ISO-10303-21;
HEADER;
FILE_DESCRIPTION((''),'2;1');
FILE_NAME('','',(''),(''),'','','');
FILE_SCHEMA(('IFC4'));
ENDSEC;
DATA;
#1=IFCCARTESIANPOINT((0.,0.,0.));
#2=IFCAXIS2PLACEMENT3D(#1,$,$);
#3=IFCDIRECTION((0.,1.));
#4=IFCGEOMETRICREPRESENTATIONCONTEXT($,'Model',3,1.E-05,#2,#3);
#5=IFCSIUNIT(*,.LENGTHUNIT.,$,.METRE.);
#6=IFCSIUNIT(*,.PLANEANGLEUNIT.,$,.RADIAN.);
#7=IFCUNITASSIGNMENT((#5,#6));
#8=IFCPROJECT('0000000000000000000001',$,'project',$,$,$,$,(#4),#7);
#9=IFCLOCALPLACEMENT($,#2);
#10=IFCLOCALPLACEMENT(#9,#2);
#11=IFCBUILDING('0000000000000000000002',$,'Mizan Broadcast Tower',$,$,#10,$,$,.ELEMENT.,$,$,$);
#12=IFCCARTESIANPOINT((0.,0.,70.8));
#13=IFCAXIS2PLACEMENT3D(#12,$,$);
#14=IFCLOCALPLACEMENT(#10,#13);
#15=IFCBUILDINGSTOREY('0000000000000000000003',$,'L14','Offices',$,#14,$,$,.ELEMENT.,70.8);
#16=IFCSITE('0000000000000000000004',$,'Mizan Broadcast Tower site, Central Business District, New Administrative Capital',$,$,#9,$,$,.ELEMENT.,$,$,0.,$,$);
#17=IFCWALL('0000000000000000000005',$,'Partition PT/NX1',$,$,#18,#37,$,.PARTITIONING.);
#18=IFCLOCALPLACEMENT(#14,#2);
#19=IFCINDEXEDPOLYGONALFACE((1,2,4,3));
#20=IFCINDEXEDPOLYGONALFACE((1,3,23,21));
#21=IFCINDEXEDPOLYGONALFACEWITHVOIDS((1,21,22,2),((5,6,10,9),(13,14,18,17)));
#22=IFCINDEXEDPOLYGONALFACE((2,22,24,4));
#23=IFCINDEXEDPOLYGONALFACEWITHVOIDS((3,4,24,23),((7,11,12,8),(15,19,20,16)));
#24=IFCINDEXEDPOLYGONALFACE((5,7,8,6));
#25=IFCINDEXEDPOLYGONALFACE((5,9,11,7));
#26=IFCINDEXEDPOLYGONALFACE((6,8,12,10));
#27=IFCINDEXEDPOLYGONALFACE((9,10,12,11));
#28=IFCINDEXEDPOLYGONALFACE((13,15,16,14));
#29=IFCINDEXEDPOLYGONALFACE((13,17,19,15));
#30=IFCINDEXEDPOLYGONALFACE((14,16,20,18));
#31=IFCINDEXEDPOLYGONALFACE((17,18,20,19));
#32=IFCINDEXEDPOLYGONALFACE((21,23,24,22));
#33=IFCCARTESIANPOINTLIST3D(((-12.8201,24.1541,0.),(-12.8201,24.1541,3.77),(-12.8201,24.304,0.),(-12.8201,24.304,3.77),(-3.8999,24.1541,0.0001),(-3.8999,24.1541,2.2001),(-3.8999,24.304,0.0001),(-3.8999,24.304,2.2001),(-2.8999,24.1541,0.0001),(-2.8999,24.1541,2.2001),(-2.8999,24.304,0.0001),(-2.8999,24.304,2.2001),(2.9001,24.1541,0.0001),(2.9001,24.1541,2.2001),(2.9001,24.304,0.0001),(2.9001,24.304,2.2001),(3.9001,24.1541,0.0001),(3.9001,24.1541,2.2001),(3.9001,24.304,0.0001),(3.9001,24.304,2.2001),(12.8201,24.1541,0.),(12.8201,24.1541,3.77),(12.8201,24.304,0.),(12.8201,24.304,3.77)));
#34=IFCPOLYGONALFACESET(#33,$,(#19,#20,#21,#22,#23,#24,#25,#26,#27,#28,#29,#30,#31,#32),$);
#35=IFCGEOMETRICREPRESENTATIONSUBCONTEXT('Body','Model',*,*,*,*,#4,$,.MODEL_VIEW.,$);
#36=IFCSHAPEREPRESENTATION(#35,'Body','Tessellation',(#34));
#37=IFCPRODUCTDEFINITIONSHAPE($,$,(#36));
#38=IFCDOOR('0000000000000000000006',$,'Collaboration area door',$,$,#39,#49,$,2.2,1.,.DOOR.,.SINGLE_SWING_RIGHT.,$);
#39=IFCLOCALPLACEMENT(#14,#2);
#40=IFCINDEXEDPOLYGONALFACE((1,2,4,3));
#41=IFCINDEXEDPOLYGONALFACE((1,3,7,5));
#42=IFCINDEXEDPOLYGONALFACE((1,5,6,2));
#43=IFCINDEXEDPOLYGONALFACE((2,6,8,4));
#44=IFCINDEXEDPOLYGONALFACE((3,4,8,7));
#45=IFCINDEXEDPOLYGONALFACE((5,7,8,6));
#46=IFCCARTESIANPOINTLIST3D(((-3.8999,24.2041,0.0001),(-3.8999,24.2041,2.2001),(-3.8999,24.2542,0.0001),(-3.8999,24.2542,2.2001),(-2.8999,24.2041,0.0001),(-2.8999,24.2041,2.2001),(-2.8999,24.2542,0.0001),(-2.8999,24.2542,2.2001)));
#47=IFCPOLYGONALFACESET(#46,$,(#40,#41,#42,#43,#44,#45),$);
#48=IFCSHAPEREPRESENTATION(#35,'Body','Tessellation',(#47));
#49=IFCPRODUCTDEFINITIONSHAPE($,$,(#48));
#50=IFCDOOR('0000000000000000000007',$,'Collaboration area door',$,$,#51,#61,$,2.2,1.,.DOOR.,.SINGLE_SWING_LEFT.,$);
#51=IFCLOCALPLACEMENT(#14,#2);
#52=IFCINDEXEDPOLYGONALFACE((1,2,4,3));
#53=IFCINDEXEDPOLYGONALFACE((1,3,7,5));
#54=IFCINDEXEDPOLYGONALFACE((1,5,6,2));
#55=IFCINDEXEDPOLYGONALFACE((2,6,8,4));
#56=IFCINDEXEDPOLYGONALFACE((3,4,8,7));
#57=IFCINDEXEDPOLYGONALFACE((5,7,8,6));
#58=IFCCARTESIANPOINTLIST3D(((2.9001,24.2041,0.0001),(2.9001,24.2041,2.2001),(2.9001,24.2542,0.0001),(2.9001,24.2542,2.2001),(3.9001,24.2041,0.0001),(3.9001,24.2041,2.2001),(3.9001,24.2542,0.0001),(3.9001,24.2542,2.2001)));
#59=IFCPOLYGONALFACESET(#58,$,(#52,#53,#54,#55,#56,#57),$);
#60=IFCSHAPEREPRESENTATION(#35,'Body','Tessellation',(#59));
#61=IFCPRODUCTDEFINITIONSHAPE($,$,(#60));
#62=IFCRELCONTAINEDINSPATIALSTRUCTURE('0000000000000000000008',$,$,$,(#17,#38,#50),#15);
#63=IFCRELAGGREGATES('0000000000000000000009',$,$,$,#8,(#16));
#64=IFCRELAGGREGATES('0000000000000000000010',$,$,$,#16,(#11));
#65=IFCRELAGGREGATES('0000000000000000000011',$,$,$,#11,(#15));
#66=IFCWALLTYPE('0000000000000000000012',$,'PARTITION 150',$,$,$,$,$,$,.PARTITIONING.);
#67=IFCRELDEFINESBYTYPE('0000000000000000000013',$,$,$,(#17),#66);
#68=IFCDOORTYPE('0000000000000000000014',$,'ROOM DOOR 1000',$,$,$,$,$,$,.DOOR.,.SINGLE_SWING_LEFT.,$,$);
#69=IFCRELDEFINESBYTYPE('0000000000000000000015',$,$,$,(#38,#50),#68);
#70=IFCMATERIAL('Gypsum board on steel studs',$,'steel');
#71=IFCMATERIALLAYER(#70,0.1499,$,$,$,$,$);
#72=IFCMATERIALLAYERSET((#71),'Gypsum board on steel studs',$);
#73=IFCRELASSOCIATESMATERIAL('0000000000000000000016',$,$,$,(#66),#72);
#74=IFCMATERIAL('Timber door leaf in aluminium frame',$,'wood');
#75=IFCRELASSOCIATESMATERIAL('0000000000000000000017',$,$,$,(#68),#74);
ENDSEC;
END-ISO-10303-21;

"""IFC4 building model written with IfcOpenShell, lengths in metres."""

from ifc_helpers import new_model, si_unit, direction, frame, frame_2d, origin, place, context, subcontext, project, spatial, rectangle, extrude, material, layer, layer_set, type_object, element, fill, save


model = new_model("IFC4")

# Units and contexts
model_context = context("Model", 3, precision=1e-05, world=origin(), true_north=direction((0.0, 1.0)))
body_context = subcontext(model_context, "Body", "Model", "MODEL_VIEW")
ifc_project = project(units=[si_unit("LENGTHUNIT", "METRE"), si_unit("PLANEANGLEUNIT", "RADIAN")], contexts=[model_context])

# Site, building, storey
site_placement = place(None, origin())
site = spatial("IfcSite", under=ifc_project, at=site_placement, Name="Mizan Broadcast Tower site, Central Business District, New Administrative Capital", CompositionType="ELEMENT", RefElevation=0.0)
building_placement = place(site_placement, origin())
building = spatial("IfcBuilding", under=site, at=building_placement, Name="Mizan Broadcast Tower", CompositionType="ELEMENT")
storey_placement = place(building_placement, frame((0.0, 0.0, 70.8)))
storey = spatial("IfcBuildingStorey", under=building, at=storey_placement, Name="L14", Description="Offices", CompositionType="ELEMENT", Elevation=70.8)

# Wall, openings, doors
ifc_material_1 = material(Name="Gypsum board on steel studs", Category="steel")
ifc_layer_1 = layer(ifc_material_1, 0.1499)
ifc_layer_set_1 = layer_set([ifc_layer_1], Name="Gypsum board on steel studs")
wall_type = type_object("IfcWallType", Name="PARTITION 150", PredefinedType="PARTITIONING", material=ifc_layer_set_1)
wall_placement = place(storey_placement, frame((12.8201, 24.229, 0.0), z_axis=(0.0, 0.0, 1.0), x_axis=(-1.0, 0.0, 0.0)))
wall = element("IfcWall", 1, at=wall_placement, inside=storey, type_object=wall_type, Name="Partition PT/NX1", PredefinedType="PARTITIONING", context=body_context, shape_type="SweptSolid", body=[
    extrude(rectangle(XDim=25.6401, YDim=0.1499, at=frame_2d((12.8201, 0.0))), origin(), (0.0, 0.0, 1.0), 3.77),
])
opening_1_placement = place(wall_placement, frame((15.72, 0.0, 0.0)))
opening_1 = element("IfcOpeningElement", 2, at=opening_1_placement, cuts=wall, PredefinedType="OPENING", context=body_context, shape_type="SweptSolid", body=[
    extrude(rectangle(XDim=1.0, YDim=2.2, at=frame_2d((0.5, 1.1001))), frame((0.0, 0.085, 0.0), z_axis=(0.0, -1.0, 0.0), x_axis=(1.0, 0.0, 0.0)), (0.0, 0.0, 1.0), 0.1699),
])
opening_2_placement = place(wall_placement, frame((8.9199, 0.0, 0.0)))
opening_2 = element("IfcOpeningElement", 3, at=opening_2_placement, cuts=wall, PredefinedType="OPENING", context=body_context, shape_type="SweptSolid", body=[
    extrude(rectangle(XDim=1.0, YDim=2.2, at=frame_2d((0.5, 1.1001))), frame((0.0, 0.085, 0.0), z_axis=(0.0, -1.0, 0.0), x_axis=(1.0, 0.0, 0.0)), (0.0, 0.0, 1.0), 0.1699),
])
ifc_material_2 = material(Name="Timber door leaf in aluminium frame", Category="wood")
door_type = type_object("IfcDoorType", Name="ROOM DOOR 1000", OperationType="SINGLE_SWING_LEFT", PredefinedType="DOOR", material=ifc_material_2)
door_1_placement = place(opening_1_placement, origin())
door_1 = element("IfcDoor", 4, at=door_1_placement, inside=storey, type_object=door_type, Name="Collaboration area door", OperationType="SINGLE_SWING_RIGHT", OverallHeight=2.2, OverallWidth=1.0, PredefinedType="DOOR", context=body_context, shape_type="SweptSolid", body=[
    extrude(rectangle(XDim=1.0, YDim=2.2, at=frame_2d((0.5, 1.1001))), frame((0.0, 0.0249, 0.0), z_axis=(0.0, -1.0, 0.0), x_axis=(1.0, 0.0, 0.0)), (0.0, 0.0, 1.0), 0.05),
])
fill(opening_1, door_1)
door_2_placement = place(opening_2_placement, origin())
door_2 = element("IfcDoor", 5, at=door_2_placement, inside=storey, type_object=door_type, Name="Collaboration area door", OperationType="SINGLE_SWING_LEFT", OverallHeight=2.2, OverallWidth=1.0, PredefinedType="DOOR", context=body_context, shape_type="SweptSolid", body=[
    extrude(rectangle(XDim=1.0, YDim=2.2, at=frame_2d((0.5, 1.1001))), frame((0.0, 0.0249, 0.0), z_axis=(0.0, -1.0, 0.0), x_axis=(1.0, 0.0, 0.0)), (0.0, 0.0, 1.0), 0.05),
])
fill(opening_2, door_2)

save(model, "model.ifc")
